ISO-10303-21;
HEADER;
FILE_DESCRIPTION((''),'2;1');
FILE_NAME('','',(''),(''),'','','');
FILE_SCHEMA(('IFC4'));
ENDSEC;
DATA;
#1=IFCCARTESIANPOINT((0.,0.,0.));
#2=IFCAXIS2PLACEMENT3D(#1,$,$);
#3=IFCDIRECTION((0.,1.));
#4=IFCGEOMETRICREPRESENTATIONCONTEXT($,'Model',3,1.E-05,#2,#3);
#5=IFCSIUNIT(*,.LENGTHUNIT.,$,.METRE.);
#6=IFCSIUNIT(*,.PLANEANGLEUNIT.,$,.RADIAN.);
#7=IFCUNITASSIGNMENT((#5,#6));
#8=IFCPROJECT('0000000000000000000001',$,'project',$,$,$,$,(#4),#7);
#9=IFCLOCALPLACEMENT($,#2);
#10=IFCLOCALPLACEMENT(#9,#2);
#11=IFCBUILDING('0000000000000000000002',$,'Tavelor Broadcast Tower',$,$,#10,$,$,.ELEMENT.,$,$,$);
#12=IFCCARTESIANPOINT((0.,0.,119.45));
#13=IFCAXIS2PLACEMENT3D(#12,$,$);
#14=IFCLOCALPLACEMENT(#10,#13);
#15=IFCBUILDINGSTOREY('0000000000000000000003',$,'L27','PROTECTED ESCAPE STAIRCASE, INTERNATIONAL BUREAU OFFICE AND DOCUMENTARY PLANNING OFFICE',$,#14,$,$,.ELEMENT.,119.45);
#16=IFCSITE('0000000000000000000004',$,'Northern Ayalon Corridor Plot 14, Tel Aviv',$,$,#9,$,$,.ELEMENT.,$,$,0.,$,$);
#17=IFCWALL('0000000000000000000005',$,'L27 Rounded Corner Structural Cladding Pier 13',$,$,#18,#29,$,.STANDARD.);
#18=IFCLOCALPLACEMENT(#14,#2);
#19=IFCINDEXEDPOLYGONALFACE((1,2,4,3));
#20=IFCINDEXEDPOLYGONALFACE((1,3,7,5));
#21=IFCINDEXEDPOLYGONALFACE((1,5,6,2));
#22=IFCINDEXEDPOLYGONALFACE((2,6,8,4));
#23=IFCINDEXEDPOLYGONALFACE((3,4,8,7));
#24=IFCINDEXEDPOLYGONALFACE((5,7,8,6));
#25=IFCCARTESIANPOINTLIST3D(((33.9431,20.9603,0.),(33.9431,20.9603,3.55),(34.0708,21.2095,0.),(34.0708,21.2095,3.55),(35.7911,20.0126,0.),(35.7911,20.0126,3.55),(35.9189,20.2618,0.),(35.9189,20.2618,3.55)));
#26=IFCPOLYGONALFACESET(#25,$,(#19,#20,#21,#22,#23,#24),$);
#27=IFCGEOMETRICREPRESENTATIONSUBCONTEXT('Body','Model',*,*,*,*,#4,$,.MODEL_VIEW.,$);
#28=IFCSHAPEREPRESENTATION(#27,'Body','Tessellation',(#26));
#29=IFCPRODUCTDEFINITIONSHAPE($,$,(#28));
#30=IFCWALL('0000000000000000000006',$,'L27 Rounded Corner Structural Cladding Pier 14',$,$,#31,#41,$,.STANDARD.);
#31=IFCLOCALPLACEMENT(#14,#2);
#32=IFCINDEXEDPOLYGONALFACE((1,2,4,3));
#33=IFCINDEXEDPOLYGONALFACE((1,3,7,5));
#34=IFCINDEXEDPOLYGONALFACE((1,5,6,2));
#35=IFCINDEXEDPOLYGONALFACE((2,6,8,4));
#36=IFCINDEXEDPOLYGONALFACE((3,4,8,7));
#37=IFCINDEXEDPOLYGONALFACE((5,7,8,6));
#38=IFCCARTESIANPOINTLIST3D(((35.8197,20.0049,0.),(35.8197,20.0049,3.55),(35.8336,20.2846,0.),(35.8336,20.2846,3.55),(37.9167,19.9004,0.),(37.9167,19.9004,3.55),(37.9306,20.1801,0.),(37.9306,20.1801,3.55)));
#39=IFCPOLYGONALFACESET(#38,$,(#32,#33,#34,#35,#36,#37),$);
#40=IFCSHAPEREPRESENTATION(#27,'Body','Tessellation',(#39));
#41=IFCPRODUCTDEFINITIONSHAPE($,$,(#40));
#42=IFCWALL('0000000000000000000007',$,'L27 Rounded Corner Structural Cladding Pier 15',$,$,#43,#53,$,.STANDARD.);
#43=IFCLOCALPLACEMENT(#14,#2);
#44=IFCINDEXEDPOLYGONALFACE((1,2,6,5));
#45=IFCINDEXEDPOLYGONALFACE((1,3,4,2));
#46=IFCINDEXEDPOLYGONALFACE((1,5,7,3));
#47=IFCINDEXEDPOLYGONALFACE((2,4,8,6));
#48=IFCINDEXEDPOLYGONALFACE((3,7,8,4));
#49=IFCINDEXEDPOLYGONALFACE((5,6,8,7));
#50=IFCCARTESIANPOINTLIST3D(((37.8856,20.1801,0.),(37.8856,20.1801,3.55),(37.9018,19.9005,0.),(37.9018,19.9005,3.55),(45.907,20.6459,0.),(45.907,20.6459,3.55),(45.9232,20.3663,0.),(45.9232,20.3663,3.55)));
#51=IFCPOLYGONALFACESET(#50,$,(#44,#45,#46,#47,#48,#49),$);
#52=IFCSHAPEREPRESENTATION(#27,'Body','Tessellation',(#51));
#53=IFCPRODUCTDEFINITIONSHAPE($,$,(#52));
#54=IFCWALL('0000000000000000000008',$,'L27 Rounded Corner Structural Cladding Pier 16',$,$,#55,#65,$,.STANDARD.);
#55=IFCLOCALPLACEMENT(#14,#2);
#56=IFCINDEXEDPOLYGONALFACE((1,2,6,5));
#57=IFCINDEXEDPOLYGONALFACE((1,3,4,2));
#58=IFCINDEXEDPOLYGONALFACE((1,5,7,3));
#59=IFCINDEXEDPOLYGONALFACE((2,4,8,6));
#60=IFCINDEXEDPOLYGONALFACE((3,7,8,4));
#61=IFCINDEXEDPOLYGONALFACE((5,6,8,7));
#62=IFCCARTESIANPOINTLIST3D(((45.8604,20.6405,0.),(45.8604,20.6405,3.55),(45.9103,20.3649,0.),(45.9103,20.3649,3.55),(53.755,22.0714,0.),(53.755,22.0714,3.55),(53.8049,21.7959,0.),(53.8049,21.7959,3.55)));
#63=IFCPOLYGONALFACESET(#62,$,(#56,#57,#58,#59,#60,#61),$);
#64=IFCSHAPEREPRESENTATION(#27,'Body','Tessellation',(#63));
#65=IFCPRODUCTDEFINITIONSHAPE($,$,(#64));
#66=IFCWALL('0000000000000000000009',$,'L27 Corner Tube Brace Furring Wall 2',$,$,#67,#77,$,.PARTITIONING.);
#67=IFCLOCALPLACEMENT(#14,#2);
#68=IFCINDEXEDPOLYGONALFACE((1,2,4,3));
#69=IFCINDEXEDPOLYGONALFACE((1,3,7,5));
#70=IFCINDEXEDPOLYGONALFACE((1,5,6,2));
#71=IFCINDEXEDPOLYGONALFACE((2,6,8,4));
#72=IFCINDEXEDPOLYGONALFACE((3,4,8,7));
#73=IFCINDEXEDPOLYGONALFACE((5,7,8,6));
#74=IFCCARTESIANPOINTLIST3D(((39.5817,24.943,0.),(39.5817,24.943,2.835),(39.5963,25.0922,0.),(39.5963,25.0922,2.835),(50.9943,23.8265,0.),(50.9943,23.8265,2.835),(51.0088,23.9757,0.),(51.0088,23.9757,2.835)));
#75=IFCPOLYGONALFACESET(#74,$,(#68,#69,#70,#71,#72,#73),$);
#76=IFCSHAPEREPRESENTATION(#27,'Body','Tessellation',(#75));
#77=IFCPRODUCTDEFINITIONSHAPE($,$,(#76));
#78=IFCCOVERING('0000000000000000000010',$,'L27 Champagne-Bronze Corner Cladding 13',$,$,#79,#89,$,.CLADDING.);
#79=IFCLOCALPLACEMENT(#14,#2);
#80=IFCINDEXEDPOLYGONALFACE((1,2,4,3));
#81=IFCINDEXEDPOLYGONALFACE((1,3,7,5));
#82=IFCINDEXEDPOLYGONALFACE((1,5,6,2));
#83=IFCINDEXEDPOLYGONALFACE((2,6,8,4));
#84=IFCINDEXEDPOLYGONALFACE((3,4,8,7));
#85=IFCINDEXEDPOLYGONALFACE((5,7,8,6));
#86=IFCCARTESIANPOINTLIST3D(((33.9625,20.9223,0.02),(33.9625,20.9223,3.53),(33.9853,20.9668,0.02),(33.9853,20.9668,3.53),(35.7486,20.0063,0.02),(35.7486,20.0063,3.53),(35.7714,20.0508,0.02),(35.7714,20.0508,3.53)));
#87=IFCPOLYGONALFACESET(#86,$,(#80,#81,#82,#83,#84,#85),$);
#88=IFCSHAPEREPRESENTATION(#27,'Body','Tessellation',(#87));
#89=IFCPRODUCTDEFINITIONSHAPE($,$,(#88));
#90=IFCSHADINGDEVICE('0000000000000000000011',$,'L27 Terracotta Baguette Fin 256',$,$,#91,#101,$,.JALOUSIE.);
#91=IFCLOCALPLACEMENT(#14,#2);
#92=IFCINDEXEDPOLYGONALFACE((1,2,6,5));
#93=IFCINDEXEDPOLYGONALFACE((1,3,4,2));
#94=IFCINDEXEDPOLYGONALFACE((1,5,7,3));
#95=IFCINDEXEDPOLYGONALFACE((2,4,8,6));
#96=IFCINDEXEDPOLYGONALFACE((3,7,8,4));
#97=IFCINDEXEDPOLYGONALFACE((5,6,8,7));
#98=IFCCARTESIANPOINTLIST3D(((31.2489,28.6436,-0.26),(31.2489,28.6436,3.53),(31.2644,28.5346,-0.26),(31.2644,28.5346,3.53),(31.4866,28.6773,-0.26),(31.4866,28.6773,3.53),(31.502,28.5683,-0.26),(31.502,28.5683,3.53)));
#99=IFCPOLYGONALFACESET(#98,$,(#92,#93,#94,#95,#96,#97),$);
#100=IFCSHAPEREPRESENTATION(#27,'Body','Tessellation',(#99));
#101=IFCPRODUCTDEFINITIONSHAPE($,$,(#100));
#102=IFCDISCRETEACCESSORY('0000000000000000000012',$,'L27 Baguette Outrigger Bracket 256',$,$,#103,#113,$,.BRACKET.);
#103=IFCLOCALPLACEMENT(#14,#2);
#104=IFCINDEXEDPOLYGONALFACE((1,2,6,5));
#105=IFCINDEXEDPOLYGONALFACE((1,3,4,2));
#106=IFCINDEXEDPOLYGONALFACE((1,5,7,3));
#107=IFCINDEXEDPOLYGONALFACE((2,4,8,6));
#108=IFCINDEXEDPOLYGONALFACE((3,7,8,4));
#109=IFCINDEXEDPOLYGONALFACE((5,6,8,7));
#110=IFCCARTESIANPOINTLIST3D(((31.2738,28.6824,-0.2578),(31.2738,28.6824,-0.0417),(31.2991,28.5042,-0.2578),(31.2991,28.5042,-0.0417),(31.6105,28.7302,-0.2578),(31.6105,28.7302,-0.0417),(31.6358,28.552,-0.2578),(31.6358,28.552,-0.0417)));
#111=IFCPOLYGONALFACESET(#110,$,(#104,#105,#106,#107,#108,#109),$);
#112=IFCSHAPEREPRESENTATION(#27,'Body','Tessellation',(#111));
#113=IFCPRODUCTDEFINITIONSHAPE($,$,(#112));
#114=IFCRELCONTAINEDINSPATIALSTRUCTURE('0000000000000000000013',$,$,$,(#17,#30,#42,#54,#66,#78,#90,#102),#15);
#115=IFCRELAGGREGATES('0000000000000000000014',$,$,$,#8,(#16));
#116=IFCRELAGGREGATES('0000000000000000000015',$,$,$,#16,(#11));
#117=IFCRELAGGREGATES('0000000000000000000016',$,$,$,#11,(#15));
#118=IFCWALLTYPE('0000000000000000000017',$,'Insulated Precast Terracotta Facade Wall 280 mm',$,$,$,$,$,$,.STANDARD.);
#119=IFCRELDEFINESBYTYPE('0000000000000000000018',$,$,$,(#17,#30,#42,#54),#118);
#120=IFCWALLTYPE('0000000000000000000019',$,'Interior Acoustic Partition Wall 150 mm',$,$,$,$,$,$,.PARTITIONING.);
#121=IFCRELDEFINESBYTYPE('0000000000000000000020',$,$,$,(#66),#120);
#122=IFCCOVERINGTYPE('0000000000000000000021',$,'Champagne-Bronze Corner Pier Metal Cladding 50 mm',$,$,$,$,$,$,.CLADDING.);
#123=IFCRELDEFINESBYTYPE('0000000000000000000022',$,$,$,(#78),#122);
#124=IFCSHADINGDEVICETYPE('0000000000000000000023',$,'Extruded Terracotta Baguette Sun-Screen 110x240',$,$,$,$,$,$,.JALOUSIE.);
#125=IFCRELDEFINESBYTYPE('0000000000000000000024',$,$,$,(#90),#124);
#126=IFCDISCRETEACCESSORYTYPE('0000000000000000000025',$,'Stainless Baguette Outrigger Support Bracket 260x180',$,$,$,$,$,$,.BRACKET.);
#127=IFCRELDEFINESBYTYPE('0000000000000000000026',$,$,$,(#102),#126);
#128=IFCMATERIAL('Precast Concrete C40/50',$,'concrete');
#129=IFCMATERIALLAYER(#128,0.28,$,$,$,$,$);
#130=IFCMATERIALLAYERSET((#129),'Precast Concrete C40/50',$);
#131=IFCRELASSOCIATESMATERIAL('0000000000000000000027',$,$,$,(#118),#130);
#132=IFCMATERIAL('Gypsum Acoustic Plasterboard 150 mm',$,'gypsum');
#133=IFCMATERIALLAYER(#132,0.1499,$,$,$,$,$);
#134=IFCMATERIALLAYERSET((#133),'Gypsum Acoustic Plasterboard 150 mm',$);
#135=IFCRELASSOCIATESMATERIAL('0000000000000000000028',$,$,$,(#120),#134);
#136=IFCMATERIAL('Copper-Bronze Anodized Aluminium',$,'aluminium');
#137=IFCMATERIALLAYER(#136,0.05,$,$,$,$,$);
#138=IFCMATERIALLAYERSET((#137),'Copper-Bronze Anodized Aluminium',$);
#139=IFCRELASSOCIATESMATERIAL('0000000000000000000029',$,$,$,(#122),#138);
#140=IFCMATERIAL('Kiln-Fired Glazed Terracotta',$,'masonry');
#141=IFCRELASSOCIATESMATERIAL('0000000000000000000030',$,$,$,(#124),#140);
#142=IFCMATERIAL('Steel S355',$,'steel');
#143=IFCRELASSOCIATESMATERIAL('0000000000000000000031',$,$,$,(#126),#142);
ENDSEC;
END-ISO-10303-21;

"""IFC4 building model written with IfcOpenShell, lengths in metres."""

from ifc_helpers import new_model, si_unit, direction, frame, frame_2d, origin, origin_2d, place, context, subcontext, project, spatial, rectangle, extrude, source, transform, mapped, material, layer, layer_set, type_object, type_shapes, element, save


model = new_model("IFC4")

# Units and contexts
model_context = context("Model", 3, precision=1e-05, world=origin(), true_north=direction((0.0, 1.0)))
body_context = subcontext(model_context, "Body", "Model", "MODEL_VIEW")
ifc_project = project(units=[si_unit("LENGTHUNIT", "METRE"), si_unit("PLANEANGLEUNIT", "RADIAN")], contexts=[model_context])

# Site, building, storey
site_placement = place(None, origin())
site = spatial("IfcSite", under=ifc_project, at=site_placement, Name="Northern Ayalon Corridor Plot 14, Tel Aviv", CompositionType="ELEMENT", RefElevation=0.0)
building_placement = place(site_placement, origin())
building = spatial("IfcBuilding", under=site, at=building_placement, Name="Tavelor Broadcast Tower", CompositionType="ELEMENT")
storey_placement = place(building_placement, frame((0.0, 0.0, 119.45)))
storey = spatial("IfcBuildingStorey", under=building, at=storey_placement, Name="L27", Description="PROTECTED ESCAPE STAIRCASE, INTERNATIONAL BUREAU OFFICE AND DOCUMENTARY PLANNING OFFICE", CompositionType="ELEMENT", Elevation=119.45)

# Shared definitions
ifc_material_1 = material(Name="Steel S355", Category="steel")

# Walls
ifc_material_2 = material(Name="Precast Concrete C40/50", Category="concrete")
ifc_layer_1 = layer(ifc_material_2, 0.28)
ifc_layer_set_1 = layer_set([ifc_layer_1], Name="Precast Concrete C40/50")
wall_type_1 = type_object("IfcWallType", Name="Insulated Precast Terracotta Facade Wall 280 mm", PredefinedType="STANDARD", material=ifc_layer_set_1)
for number, where, z_axis, x_axis, name in (
    (1, (34.0068, 21.085, 0.0), (0.0, 0.0, 1.0), (0.88982, -0.456312, 0.0), "L27 Rounded Corner Structural Cladding Pier 13"),
):
    element("IfcWall", number, at=place(storey_placement, frame(where, z_axis=z_axis, x_axis=x_axis)), inside=storey, type_object=wall_type_1, Name=name, PredefinedType="STANDARD", context=body_context, shape_type="SweptSolid", body=[
        extrude(rectangle(XDim=2.0769, YDim=0.28, at=frame_2d((1.0386, 0.0))), origin(), (0.0, 0.0, 1.0), 3.55),
    ])
wall_1_placement = place(storey_placement, frame((35.8267, 20.1448, 0.0), z_axis=(0.0, 0.0, 1.0), x_axis=(0.998761, -0.049769, 0.0)))
element("IfcWall", 2, at=wall_1_placement, inside=storey, type_object=wall_type_1, Name="L27 Rounded Corner Structural Cladding Pier 14", PredefinedType="STANDARD", context=body_context, shape_type="SweptSolid", body=[
    extrude(rectangle(XDim=2.0996, YDim=0.28, at=frame_2d((1.0498, 0.0))), origin(), (0.0, 0.0, 1.0), 3.55),
])
wall_2_placement = place(storey_placement, frame((37.8936, 20.0403, 0.0), z_axis=(0.0, 0.0, 1.0), x_axis=(0.998318, 0.057974, 0.0)))
element("IfcWall", 3, at=wall_2_placement, inside=storey, type_object=wall_type_1, Name="L27 Rounded Corner Structural Cladding Pier 15", PredefinedType="STANDARD", context=body_context, shape_type="SweptSolid", body=[
    extrude(rectangle(XDim=8.0349, YDim=0.28, at=frame_2d((4.0176, 0.0))), origin(), (0.0, 0.0, 1.0), 3.55),
])
wall_3_placement = place(storey_placement, frame((45.8853, 20.5027, 0.0), z_axis=(0.0, 0.0, 1.0), x_axis=(0.983968, 0.178347, 0.0)))
element("IfcWall", 4, at=wall_3_placement, inside=storey, type_object=wall_type_1, Name="L27 Rounded Corner Structural Cladding Pier 16", PredefinedType="STANDARD", context=body_context, shape_type="SweptSolid", body=[
    extrude(rectangle(XDim=8.0232, YDim=0.28, at=frame_2d((4.0117, 0.0))), origin(), (0.0, 0.0, 1.0), 3.55),
])
ifc_material_3 = material(Name="Gypsum Acoustic Plasterboard 150 mm", Category="gypsum")
ifc_layer_2 = layer(ifc_material_3, 0.1499)
ifc_layer_set_2 = layer_set([ifc_layer_2], Name="Gypsum Acoustic Plasterboard 150 mm")
wall_type_2 = type_object("IfcWallType", Name="Interior Acoustic Partition Wall 150 mm", PredefinedType="PARTITIONING", material=ifc_layer_set_2)
wall_4_placement = place(storey_placement, frame((39.5891, 25.0176, 0.0), z_axis=(0.0, 0.0, 1.0), x_axis=(0.995249, -0.097362, 0.0)))
element("IfcWall", 5, at=wall_4_placement, inside=storey, type_object=wall_type_2, Name="L27 Corner Tube Brace Furring Wall 2", PredefinedType="PARTITIONING", context=body_context, shape_type="SweptSolid", body=[
    extrude(rectangle(XDim=11.467, YDim=0.1499, at=frame_2d((5.7334, 0.0))), origin(), (0.0, 0.0, 1.0), 2.835),
])

# Covering
ifc_material_4 = material(Name="Copper-Bronze Anodized Aluminium", Category="aluminium")
ifc_layer_3 = layer(ifc_material_4, 0.05)
ifc_layer_set_3 = layer_set([ifc_layer_3], Name="Copper-Bronze Anodized Aluminium")
covering_type = type_object("IfcCoveringType", Name="Champagne-Bronze Corner Pier Metal Cladding 50 mm", PredefinedType="CLADDING", material=ifc_layer_set_3)
covering_placement = place(storey_placement, frame((34.8669, 20.4866, 0.02), z_axis=(0.0, 0.0, 1.0), x_axis=(0.889815, -0.456322, 0.0)))
element("IfcCovering", 6, at=covering_placement, inside=storey, type_object=covering_type, Name="L27 Champagne-Bronze Corner Cladding 13", PredefinedType="CLADDING", context=body_context, shape_type="SweptSolid", body=[
    extrude(rectangle(XDim=2.0073, YDim=0.05, at=origin_2d()), origin(), (0.0, 0.0, 1.0), 3.51),
])

# Shading device
ifc_material_5 = material(Name="Kiln-Fired Glazed Terracotta", Category="masonry")
shading_device_type = type_object("IfcShadingDeviceType", Name="Extruded Terracotta Baguette Sun-Screen 110x240", PredefinedType="JALOUSIE", material=ifc_material_5)
shared_shape_1 = source(origin(), body_context, "Body", "SweptSolid", [
    extrude(rectangle(XDim=0.1101, YDim=0.24, at=origin_2d()), origin(), (0.0, 0.0, 1.0), 3.79),
])
type_shapes(shading_device_type, [shared_shape_1])
shading_device_placement = place(storey_placement, frame((31.3755, 28.606, -0.26), z_axis=(0.0, 0.0, 1.0), x_axis=(0.140556, -0.990073, 0.0)))
element("IfcShadingDevice", 7, at=shading_device_placement, inside=storey, type_object=shading_device_type, Name="L27 Terracotta Baguette Fin 256", PredefinedType="JALOUSIE", context=body_context, shape_type="MappedRepresentation", body=[
    mapped(shared_shape_1, transform((0.0, 0.0, 0.0), scale=1.0)),
])

# Discrete accessory
discrete_accessory_type = type_object("IfcDiscreteAccessoryType", Name="Stainless Baguette Outrigger Support Bracket 260x180", PredefinedType="BRACKET", material=ifc_material_1)
shared_shape_2 = source(origin(), body_context, "Body", "SweptSolid", [
    extrude(rectangle(XDim=0.1799, YDim=0.3401, at=origin_2d()), origin(), (0.0, 0.0, 1.0), 0.2161),
])
type_shapes(discrete_accessory_type, [shared_shape_2])
discrete_accessory_placement = place(storey_placement, frame((31.4548, 28.6172, -0.2578), z_axis=(0.0, 0.0, 1.0), x_axis=(0.140556, -0.990073, 0.0)))
element("IfcDiscreteAccessory", 8, at=discrete_accessory_placement, inside=storey, type_object=discrete_accessory_type, Name="L27 Baguette Outrigger Bracket 256", PredefinedType="BRACKET", context=body_context, shape_type="MappedRepresentation", body=[
    mapped(shared_shape_2, transform((0.0, 0.0, 0.0), scale=1.0)),
])

save(model, "model.ifc")
